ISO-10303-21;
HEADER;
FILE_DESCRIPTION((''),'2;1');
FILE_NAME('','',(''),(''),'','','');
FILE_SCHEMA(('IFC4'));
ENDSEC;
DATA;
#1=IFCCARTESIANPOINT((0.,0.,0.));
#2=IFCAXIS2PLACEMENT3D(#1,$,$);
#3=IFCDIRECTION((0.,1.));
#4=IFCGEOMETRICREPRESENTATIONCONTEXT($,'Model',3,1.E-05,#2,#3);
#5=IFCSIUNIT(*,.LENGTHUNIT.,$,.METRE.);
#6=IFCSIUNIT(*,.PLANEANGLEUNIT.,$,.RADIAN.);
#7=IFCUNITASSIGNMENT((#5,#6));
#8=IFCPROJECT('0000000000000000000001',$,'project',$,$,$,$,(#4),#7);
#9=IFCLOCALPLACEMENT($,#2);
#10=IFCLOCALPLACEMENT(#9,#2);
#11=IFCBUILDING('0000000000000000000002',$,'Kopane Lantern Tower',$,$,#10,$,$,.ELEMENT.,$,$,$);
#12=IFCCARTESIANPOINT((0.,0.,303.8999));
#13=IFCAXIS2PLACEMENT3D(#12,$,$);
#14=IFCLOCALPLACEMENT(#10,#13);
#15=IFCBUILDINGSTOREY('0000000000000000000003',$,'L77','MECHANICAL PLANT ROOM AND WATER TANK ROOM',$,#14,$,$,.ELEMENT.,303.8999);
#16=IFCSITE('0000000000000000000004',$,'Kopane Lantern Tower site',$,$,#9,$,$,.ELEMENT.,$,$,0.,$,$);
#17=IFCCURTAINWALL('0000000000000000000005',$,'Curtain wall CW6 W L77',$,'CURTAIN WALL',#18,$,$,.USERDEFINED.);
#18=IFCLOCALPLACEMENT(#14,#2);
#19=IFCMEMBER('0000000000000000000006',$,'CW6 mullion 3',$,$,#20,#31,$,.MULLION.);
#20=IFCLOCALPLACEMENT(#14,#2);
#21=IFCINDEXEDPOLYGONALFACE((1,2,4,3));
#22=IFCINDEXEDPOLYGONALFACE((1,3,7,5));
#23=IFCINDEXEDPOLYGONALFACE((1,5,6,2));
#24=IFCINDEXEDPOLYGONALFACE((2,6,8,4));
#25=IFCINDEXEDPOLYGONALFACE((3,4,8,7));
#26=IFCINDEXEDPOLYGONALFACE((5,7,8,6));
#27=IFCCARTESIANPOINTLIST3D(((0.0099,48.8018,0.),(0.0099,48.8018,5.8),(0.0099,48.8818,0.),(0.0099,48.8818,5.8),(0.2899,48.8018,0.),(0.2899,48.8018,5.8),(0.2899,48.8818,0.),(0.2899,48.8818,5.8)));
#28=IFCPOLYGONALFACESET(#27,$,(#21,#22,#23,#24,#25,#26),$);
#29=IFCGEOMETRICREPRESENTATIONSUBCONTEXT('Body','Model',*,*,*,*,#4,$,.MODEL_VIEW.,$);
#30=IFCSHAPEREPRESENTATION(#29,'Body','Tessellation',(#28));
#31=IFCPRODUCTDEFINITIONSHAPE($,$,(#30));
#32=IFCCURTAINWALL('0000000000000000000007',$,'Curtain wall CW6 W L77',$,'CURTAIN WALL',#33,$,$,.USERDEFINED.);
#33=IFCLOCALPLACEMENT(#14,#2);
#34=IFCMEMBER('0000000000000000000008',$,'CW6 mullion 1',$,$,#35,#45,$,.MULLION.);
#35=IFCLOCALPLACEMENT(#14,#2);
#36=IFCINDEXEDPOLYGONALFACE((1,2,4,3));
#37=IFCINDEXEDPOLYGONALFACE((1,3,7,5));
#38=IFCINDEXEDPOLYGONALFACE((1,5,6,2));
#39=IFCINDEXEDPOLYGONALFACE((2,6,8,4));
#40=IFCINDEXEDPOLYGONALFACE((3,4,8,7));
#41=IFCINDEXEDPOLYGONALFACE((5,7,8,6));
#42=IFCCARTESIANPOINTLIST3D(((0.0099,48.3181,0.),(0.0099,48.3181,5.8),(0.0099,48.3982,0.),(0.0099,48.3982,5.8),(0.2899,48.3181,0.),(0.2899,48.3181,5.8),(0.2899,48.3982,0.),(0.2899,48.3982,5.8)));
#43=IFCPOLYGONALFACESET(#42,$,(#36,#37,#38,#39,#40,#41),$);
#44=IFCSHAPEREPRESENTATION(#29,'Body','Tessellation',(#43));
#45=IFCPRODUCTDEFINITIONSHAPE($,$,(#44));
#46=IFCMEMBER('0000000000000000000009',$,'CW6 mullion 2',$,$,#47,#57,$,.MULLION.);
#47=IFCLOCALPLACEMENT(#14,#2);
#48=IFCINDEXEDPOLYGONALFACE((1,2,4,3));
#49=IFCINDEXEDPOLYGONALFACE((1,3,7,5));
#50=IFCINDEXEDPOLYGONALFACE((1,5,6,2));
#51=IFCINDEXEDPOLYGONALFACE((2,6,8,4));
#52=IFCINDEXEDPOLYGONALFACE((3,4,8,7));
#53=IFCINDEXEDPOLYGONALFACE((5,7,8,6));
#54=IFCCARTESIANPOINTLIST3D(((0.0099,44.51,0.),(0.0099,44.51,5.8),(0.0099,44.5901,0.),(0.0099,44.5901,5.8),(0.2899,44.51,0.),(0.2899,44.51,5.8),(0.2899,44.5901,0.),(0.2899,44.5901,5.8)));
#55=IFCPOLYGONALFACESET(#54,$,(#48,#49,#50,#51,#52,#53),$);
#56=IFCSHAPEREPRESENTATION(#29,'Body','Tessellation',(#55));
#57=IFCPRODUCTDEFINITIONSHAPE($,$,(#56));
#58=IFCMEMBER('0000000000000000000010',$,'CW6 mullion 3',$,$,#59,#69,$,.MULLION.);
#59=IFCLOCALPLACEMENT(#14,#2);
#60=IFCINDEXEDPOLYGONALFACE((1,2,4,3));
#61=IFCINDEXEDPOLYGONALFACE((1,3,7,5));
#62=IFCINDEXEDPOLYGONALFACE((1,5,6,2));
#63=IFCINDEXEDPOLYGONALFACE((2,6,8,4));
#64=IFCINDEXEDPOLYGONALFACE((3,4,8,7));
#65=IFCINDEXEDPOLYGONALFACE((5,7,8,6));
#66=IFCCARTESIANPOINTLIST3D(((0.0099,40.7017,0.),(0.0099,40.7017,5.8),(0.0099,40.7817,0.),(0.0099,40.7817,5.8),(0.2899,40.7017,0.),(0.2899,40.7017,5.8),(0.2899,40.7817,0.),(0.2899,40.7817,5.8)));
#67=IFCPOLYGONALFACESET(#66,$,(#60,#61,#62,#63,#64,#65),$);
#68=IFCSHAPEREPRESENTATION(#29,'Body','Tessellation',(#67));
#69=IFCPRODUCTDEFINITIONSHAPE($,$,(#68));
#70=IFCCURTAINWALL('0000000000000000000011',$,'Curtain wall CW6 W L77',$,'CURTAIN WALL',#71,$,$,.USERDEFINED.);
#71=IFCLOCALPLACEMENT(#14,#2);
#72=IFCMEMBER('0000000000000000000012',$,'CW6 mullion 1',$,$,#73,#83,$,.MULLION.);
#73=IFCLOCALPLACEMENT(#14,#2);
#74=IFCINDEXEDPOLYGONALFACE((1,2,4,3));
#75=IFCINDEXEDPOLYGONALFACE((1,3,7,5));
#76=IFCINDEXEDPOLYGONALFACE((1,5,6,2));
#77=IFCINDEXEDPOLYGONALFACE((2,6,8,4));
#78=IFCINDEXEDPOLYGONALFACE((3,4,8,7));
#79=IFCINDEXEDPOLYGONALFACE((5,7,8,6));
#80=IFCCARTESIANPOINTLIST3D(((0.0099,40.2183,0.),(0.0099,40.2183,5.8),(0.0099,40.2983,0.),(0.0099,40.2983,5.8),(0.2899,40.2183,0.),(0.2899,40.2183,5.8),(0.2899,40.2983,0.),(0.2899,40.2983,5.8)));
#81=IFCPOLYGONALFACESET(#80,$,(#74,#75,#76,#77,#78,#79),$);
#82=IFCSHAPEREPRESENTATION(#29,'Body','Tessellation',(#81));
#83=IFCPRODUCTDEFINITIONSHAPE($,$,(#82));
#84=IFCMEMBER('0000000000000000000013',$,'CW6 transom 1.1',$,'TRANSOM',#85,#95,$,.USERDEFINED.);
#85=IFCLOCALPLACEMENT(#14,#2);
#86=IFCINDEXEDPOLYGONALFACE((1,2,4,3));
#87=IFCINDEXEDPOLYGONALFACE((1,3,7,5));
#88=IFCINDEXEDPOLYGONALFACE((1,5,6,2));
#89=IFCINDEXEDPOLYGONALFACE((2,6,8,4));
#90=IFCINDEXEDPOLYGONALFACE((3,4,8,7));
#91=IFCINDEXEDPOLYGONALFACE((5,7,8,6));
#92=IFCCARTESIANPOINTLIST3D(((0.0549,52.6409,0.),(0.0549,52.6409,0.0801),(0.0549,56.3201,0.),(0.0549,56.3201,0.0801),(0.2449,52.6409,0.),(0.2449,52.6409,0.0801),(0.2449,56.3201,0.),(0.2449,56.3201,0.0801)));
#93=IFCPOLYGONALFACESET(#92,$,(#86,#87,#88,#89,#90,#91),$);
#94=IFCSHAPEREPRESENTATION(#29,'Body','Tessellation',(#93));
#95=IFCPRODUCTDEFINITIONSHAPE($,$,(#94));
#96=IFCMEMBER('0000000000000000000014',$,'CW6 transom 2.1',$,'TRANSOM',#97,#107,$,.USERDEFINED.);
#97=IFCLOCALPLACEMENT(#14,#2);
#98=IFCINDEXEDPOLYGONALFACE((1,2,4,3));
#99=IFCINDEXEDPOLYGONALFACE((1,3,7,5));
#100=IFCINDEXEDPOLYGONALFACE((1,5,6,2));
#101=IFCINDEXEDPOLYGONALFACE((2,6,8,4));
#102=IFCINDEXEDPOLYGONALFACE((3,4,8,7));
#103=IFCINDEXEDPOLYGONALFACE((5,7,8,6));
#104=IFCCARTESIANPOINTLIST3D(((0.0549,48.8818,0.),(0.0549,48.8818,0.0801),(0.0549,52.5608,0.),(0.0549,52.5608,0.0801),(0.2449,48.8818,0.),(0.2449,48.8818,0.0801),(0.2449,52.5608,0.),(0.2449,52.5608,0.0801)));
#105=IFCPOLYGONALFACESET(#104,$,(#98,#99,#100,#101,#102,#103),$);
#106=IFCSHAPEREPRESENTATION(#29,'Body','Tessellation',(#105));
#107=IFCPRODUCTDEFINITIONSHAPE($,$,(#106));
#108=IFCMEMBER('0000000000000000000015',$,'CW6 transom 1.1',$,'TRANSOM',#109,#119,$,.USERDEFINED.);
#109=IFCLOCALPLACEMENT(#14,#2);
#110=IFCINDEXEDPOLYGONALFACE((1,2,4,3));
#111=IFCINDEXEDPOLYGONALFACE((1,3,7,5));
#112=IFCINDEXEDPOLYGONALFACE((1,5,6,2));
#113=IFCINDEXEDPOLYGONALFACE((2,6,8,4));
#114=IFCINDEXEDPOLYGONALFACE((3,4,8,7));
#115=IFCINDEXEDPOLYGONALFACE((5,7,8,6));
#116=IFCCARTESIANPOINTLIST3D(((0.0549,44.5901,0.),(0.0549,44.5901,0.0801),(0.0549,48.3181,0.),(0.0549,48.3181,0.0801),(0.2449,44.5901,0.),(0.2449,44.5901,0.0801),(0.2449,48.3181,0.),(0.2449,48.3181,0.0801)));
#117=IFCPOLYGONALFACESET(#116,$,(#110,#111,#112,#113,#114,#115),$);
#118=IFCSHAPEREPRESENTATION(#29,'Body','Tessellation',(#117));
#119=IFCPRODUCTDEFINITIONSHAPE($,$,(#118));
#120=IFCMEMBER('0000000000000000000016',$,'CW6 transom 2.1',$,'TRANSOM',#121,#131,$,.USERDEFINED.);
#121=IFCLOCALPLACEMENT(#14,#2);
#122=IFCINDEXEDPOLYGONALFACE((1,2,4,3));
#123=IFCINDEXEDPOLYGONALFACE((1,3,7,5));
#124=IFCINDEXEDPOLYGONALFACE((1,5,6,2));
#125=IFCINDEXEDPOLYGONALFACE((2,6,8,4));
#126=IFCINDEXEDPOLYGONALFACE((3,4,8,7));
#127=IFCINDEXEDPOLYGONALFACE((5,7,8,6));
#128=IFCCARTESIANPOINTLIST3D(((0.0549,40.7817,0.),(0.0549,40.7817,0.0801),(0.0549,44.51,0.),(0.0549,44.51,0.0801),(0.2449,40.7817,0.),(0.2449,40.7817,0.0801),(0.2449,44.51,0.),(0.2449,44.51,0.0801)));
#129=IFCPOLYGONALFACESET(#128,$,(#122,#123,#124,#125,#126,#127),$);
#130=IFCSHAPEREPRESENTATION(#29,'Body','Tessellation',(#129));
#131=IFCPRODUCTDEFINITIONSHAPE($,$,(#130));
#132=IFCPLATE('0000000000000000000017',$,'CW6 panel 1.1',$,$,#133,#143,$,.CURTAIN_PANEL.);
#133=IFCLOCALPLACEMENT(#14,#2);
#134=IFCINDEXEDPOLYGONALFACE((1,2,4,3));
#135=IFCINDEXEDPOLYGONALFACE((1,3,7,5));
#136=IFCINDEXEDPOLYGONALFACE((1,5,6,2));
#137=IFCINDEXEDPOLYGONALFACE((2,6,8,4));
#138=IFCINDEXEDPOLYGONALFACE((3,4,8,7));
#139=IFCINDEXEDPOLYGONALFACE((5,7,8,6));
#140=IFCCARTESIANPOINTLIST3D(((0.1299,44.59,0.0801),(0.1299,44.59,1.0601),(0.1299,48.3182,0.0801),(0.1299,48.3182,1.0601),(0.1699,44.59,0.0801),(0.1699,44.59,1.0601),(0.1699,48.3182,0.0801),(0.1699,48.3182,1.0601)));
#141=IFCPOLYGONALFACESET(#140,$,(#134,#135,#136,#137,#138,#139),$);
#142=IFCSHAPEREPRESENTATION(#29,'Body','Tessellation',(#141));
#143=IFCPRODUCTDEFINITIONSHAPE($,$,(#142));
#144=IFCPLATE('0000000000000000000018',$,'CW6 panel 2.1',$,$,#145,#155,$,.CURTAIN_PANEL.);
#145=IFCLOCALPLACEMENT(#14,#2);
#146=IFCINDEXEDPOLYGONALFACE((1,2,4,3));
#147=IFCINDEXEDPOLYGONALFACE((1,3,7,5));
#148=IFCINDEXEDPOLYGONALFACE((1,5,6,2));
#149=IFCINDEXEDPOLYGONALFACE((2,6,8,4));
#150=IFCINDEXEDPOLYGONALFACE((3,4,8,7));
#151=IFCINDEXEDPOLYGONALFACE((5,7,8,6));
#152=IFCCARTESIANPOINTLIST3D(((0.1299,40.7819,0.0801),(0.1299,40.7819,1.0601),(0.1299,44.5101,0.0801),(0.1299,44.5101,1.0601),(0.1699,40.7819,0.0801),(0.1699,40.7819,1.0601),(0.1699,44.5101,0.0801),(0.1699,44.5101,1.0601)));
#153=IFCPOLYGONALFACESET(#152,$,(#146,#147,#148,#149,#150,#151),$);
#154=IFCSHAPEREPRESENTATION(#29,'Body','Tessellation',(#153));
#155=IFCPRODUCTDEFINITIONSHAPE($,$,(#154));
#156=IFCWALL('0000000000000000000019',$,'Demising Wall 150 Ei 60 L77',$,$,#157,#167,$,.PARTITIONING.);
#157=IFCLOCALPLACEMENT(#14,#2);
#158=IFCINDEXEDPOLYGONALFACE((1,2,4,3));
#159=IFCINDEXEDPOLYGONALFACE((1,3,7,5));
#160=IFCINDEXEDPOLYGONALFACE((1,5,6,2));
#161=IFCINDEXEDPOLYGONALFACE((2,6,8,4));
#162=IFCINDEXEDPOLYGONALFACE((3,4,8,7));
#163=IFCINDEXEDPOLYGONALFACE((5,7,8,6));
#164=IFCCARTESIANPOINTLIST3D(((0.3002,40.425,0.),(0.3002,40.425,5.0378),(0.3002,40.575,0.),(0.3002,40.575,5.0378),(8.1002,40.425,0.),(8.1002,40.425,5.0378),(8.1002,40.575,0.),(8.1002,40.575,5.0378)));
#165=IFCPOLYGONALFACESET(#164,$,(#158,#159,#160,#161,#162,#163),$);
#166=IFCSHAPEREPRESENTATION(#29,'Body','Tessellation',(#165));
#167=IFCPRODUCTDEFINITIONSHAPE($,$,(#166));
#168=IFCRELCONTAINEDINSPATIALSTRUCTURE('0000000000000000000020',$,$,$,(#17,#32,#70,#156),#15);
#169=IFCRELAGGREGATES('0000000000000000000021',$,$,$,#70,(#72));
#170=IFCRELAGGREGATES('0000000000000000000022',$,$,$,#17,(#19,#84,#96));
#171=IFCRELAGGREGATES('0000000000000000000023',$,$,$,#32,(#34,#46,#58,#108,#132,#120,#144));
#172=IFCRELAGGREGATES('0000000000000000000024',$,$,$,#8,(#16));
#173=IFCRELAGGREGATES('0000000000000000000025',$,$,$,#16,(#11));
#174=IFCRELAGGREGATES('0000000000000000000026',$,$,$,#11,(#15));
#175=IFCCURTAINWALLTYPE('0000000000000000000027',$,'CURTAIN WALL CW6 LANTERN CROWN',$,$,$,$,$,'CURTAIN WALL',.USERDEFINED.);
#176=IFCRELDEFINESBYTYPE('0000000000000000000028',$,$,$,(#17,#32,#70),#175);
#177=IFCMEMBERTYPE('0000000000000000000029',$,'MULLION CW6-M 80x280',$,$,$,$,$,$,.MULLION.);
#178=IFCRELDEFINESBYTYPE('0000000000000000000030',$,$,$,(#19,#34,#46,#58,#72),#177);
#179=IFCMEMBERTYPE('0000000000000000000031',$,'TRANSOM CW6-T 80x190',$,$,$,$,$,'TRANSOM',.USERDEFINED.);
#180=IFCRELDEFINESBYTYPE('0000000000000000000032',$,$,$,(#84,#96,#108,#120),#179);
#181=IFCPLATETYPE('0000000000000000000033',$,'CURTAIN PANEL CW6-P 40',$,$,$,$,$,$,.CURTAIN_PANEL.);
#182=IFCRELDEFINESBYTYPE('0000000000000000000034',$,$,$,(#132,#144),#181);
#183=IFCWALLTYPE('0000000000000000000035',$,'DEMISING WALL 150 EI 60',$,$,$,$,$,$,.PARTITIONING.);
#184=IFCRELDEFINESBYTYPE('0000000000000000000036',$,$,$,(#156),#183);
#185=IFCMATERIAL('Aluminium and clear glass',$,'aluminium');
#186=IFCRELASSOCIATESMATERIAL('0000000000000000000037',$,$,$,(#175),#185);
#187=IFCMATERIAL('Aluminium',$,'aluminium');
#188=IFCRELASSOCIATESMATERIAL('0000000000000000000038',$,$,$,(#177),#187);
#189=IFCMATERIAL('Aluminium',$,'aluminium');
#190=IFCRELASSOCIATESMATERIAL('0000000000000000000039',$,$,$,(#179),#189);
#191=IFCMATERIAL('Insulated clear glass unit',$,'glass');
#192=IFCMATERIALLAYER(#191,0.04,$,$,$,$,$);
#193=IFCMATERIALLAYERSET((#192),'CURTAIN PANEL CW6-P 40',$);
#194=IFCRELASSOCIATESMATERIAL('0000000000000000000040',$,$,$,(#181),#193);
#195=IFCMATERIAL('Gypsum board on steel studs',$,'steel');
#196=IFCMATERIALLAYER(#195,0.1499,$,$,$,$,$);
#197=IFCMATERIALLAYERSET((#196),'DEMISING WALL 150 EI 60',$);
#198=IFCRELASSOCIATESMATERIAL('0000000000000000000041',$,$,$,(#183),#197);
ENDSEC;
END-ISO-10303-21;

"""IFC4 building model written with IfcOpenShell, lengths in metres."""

from ifc_helpers import new_model, si_unit, direction, frame, frame_2d, origin, origin_2d, place, context, subcontext, project, spatial, rectangle, extrude, material, layer, layer_set, material_profile, profile_set, type_object, element, aggregate, save


model = new_model("IFC4")

# Units and contexts
model_context = context("Model", 3, precision=1e-05, world=origin(), true_north=direction((0.0, 1.0)))
body_context = subcontext(model_context, "Body", "Model", "MODEL_VIEW")
ifc_project = project(units=[si_unit("LENGTHUNIT", "METRE"), si_unit("PLANEANGLEUNIT", "RADIAN")], contexts=[model_context])

# Site, building, storey
site_placement = place(None, origin())
site = spatial("IfcSite", under=ifc_project, at=site_placement, Name="Kopane Lantern Tower site", CompositionType="ELEMENT", RefElevation=0.0)
building_placement = place(site_placement, origin())
building = spatial("IfcBuilding", under=site, at=building_placement, Name="Kopane Lantern Tower", CompositionType="ELEMENT")
storey_placement = place(building_placement, frame((0.0, 0.0, 303.8999)))
storey = spatial("IfcBuildingStorey", under=building, at=storey_placement, Name="L77", Description="MECHANICAL PLANT ROOM AND WATER TANK ROOM", CompositionType="ELEMENT", Elevation=303.8999)

# Curtain walls, members
ifc_material_1 = material(Name="Aluminium and clear glass", Category="aluminium")
curtain_wall_type = type_object("IfcCurtainWallType", Name="CURTAIN WALL CW6 LANTERN CROWN", ElementType="CURTAIN WALL", PredefinedType="USERDEFINED", material=ifc_material_1)
curtain_wall_1_placement = place(storey_placement, origin())
curtain_wall_1 = element("IfcCurtainWall", 1, at=curtain_wall_1_placement, inside=storey, type_object=curtain_wall_type, Name="Curtain wall CW6 W L77", ObjectType="CURTAIN WALL", PredefinedType="USERDEFINED")
ifc_material_2 = material(Name="Aluminium", Category="aluminium")
ifc_material_profile_1 = material_profile(ifc_material_2, rectangle(XDim=0.0801, YDim=0.28, at=origin_2d()), Name="AL 80x280")
ifc_profile_set_1 = profile_set([ifc_material_profile_1], Name="Aluminium")
member_type_1 = type_object("IfcMemberType", Name="MULLION CW6-M 80x280", PredefinedType="MULLION", material=ifc_profile_set_1)
member_1_placement = place(storey_placement, frame((0.1499, 48.8418, 0.0), z_axis=(0.0, 0.0, 1.0), x_axis=(0.0, -1.0, 0.0)))
member_1 = element("IfcMember", 2, at=member_1_placement, type_object=member_type_1, Name="CW6 mullion 3", PredefinedType="MULLION", context=body_context, shape_type="SweptSolid", body=[
    extrude(rectangle(XDim=0.0801, YDim=0.28, at=origin_2d()), origin(), (0.0, 0.0, 1.0), 5.8),
])
curtain_wall_2_placement = place(storey_placement, origin())
curtain_wall_2 = element("IfcCurtainWall", 3, at=curtain_wall_2_placement, inside=storey, type_object=curtain_wall_type, Name="Curtain wall CW6 W L77", ObjectType="CURTAIN WALL", PredefinedType="USERDEFINED")
member_2_placement = place(storey_placement, frame((0.1499, 48.3582, 0.0), z_axis=(0.0, 0.0, 1.0), x_axis=(0.0, -1.0, 0.0)))
member_2 = element("IfcMember", 4, at=member_2_placement, type_object=member_type_1, Name="CW6 mullion 1", PredefinedType="MULLION", context=body_context, shape_type="SweptSolid", body=[
    extrude(rectangle(XDim=0.0801, YDim=0.28, at=origin_2d()), origin(), (0.0, 0.0, 1.0), 5.8),
])
member_3_placement = place(storey_placement, frame((0.1499, 44.55, 0.0), z_axis=(0.0, 0.0, 1.0), x_axis=(0.0, -1.0, 0.0)))
member_3 = element("IfcMember", 5, at=member_3_placement, type_object=member_type_1, Name="CW6 mullion 2", PredefinedType="MULLION", context=body_context, shape_type="SweptSolid", body=[
    extrude(rectangle(XDim=0.0801, YDim=0.28, at=origin_2d()), origin(), (0.0, 0.0, 1.0), 5.8),
])
member_4_placement = place(storey_placement, frame((0.1499, 40.7417, 0.0), z_axis=(0.0, 0.0, 1.0), x_axis=(0.0, -1.0, 0.0)))
member_4 = element("IfcMember", 6, at=member_4_placement, type_object=member_type_1, Name="CW6 mullion 3", PredefinedType="MULLION", context=body_context, shape_type="SweptSolid", body=[
    extrude(rectangle(XDim=0.0801, YDim=0.28, at=origin_2d()), origin(), (0.0, 0.0, 1.0), 5.8),
])

# Curtain wall, member
curtain_wall_3_placement = place(storey_placement, origin())
curtain_wall_3 = element("IfcCurtainWall", 7, at=curtain_wall_3_placement, inside=storey, type_object=curtain_wall_type, Name="Curtain wall CW6 W L77", ObjectType="CURTAIN WALL", PredefinedType="USERDEFINED")
member_5_placement = place(storey_placement, frame((0.1499, 40.2583, 0.0), z_axis=(0.0, 0.0, 1.0), x_axis=(0.0, -1.0, 0.0)))
member_5 = element("IfcMember", 8, at=member_5_placement, type_object=member_type_1, Name="CW6 mullion 1", PredefinedType="MULLION", context=body_context, shape_type="SweptSolid", body=[
    extrude(rectangle(XDim=0.0801, YDim=0.28, at=origin_2d()), origin(), (0.0, 0.0, 1.0), 5.8),
])
aggregate(curtain_wall_3, [member_5])

# Members
ifc_material_3 = material(Name="Aluminium", Category="aluminium")
ifc_material_profile_2 = material_profile(ifc_material_3, rectangle(XDim=0.1899, YDim=0.0801, at=origin_2d()), Name="AL 190x80")
ifc_profile_set_2 = profile_set([ifc_material_profile_2], Name="Aluminium")
member_type_2 = type_object("IfcMemberType", Name="TRANSOM CW6-T 80x190", ElementType="TRANSOM", PredefinedType="USERDEFINED", material=ifc_profile_set_2)
member_6_placement = place(storey_placement, frame((0.1499, 56.3201, 0.04), z_axis=(0.0, -1.0, 0.0), x_axis=(1.0, 0.0, 0.0)))
member_6 = element("IfcMember", 9, at=member_6_placement, type_object=member_type_2, Name="CW6 transom 1.1", ObjectType="TRANSOM", PredefinedType="USERDEFINED", context=body_context, shape_type="SweptSolid", body=[
    extrude(rectangle(XDim=0.1899, YDim=0.0801, at=origin_2d()), origin(), (0.0, 0.0, 1.0), 3.6792),
])
member_7_placement = place(storey_placement, frame((0.1499, 52.5608, 0.04), z_axis=(0.0, -1.0, 0.0), x_axis=(1.0, 0.0, 0.0)))
member_7 = element("IfcMember", 10, at=member_7_placement, type_object=member_type_2, Name="CW6 transom 2.1", ObjectType="TRANSOM", PredefinedType="USERDEFINED", context=body_context, shape_type="SweptSolid", body=[
    extrude(rectangle(XDim=0.1899, YDim=0.0801, at=origin_2d()), origin(), (0.0, 0.0, 1.0), 3.679),
])
aggregate(curtain_wall_1, [member_1, member_6, member_7])
member_8_placement = place(storey_placement, frame((0.1499, 48.3181, 0.04), z_axis=(0.0, -1.0, 0.0), x_axis=(1.0, 0.0, 0.0)))
member_8 = element("IfcMember", 11, at=member_8_placement, type_object=member_type_2, Name="CW6 transom 1.1", ObjectType="TRANSOM", PredefinedType="USERDEFINED", context=body_context, shape_type="SweptSolid", body=[
    extrude(rectangle(XDim=0.1899, YDim=0.0801, at=origin_2d()), origin(), (0.0, 0.0, 1.0), 3.728),
])
member_9_placement = place(storey_placement, frame((0.1499, 44.51, 0.04), z_axis=(0.0, -1.0, 0.0), x_axis=(1.0, 0.0, 0.0)))
member_9 = element("IfcMember", 12, at=member_9_placement, type_object=member_type_2, Name="CW6 transom 2.1", ObjectType="TRANSOM", PredefinedType="USERDEFINED", context=body_context, shape_type="SweptSolid", body=[
    extrude(rectangle(XDim=0.1899, YDim=0.0801, at=origin_2d()), origin(), (0.0, 0.0, 1.0), 3.7283),
])

# Plates
ifc_material_4 = material(Name="Insulated clear glass unit", Category="glass")
ifc_layer_1 = layer(ifc_material_4, 0.04)
ifc_layer_set_1 = layer_set([ifc_layer_1], Name="CURTAIN PANEL CW6-P 40")
plate_type = type_object("IfcPlateType", Name="CURTAIN PANEL CW6-P 40", PredefinedType="CURTAIN_PANEL", material=ifc_layer_set_1)
plate_1_placement = place(storey_placement, frame((0.1499, 46.4541, 0.0801), z_axis=(0.0, 0.0, 1.0), x_axis=(0.0, -1.0, 0.0)))
plate_1 = element("IfcPlate", 13, at=plate_1_placement, type_object=plate_type, Name="CW6 panel 1.1", PredefinedType="CURTAIN_PANEL", context=body_context, shape_type="SweptSolid", body=[
    extrude(rectangle(XDim=3.7283, YDim=0.04, at=origin_2d()), origin(), (0.0, 0.0, 1.0), 0.98),
])
plate_2_placement = place(storey_placement, frame((0.1499, 42.646, 0.0801), z_axis=(0.0, 0.0, 1.0), x_axis=(0.0, -1.0, 0.0)))
plate_2 = element("IfcPlate", 14, at=plate_2_placement, type_object=plate_type, Name="CW6 panel 2.1", PredefinedType="CURTAIN_PANEL", context=body_context, shape_type="SweptSolid", body=[
    extrude(rectangle(XDim=3.7283, YDim=0.04, at=origin_2d()), origin(), (0.0, 0.0, 1.0), 0.98),
])
aggregate(curtain_wall_2, [member_2, member_3, member_4, member_8, plate_1, member_9, plate_2])

# Wall
ifc_material_5 = material(Name="Gypsum board on steel studs", Category="steel")
ifc_layer_2 = layer(ifc_material_5, 0.1499)
ifc_layer_set_2 = layer_set([ifc_layer_2], Name="DEMISING WALL 150 EI 60")
wall_type = type_object("IfcWallType", Name="DEMISING WALL 150 EI 60", PredefinedType="PARTITIONING", material=ifc_layer_set_2)
wall_placement = place(storey_placement, frame((8.1001, 40.5, 0.0), z_axis=(0.0, 0.0, 1.0), x_axis=(-1.0, 0.0, 0.0)))
element("IfcWall", 15, at=wall_placement, inside=storey, type_object=wall_type, Name="Demising Wall 150 Ei 60 L77", PredefinedType="PARTITIONING", context=body_context, shape_type="SweptSolid", body=[
    extrude(rectangle(XDim=7.8, YDim=0.1499, at=frame_2d((3.8999, 0.0))), origin(), (0.0, 0.0, 1.0), 5.0378),
])

save(model, "model.ifc")
